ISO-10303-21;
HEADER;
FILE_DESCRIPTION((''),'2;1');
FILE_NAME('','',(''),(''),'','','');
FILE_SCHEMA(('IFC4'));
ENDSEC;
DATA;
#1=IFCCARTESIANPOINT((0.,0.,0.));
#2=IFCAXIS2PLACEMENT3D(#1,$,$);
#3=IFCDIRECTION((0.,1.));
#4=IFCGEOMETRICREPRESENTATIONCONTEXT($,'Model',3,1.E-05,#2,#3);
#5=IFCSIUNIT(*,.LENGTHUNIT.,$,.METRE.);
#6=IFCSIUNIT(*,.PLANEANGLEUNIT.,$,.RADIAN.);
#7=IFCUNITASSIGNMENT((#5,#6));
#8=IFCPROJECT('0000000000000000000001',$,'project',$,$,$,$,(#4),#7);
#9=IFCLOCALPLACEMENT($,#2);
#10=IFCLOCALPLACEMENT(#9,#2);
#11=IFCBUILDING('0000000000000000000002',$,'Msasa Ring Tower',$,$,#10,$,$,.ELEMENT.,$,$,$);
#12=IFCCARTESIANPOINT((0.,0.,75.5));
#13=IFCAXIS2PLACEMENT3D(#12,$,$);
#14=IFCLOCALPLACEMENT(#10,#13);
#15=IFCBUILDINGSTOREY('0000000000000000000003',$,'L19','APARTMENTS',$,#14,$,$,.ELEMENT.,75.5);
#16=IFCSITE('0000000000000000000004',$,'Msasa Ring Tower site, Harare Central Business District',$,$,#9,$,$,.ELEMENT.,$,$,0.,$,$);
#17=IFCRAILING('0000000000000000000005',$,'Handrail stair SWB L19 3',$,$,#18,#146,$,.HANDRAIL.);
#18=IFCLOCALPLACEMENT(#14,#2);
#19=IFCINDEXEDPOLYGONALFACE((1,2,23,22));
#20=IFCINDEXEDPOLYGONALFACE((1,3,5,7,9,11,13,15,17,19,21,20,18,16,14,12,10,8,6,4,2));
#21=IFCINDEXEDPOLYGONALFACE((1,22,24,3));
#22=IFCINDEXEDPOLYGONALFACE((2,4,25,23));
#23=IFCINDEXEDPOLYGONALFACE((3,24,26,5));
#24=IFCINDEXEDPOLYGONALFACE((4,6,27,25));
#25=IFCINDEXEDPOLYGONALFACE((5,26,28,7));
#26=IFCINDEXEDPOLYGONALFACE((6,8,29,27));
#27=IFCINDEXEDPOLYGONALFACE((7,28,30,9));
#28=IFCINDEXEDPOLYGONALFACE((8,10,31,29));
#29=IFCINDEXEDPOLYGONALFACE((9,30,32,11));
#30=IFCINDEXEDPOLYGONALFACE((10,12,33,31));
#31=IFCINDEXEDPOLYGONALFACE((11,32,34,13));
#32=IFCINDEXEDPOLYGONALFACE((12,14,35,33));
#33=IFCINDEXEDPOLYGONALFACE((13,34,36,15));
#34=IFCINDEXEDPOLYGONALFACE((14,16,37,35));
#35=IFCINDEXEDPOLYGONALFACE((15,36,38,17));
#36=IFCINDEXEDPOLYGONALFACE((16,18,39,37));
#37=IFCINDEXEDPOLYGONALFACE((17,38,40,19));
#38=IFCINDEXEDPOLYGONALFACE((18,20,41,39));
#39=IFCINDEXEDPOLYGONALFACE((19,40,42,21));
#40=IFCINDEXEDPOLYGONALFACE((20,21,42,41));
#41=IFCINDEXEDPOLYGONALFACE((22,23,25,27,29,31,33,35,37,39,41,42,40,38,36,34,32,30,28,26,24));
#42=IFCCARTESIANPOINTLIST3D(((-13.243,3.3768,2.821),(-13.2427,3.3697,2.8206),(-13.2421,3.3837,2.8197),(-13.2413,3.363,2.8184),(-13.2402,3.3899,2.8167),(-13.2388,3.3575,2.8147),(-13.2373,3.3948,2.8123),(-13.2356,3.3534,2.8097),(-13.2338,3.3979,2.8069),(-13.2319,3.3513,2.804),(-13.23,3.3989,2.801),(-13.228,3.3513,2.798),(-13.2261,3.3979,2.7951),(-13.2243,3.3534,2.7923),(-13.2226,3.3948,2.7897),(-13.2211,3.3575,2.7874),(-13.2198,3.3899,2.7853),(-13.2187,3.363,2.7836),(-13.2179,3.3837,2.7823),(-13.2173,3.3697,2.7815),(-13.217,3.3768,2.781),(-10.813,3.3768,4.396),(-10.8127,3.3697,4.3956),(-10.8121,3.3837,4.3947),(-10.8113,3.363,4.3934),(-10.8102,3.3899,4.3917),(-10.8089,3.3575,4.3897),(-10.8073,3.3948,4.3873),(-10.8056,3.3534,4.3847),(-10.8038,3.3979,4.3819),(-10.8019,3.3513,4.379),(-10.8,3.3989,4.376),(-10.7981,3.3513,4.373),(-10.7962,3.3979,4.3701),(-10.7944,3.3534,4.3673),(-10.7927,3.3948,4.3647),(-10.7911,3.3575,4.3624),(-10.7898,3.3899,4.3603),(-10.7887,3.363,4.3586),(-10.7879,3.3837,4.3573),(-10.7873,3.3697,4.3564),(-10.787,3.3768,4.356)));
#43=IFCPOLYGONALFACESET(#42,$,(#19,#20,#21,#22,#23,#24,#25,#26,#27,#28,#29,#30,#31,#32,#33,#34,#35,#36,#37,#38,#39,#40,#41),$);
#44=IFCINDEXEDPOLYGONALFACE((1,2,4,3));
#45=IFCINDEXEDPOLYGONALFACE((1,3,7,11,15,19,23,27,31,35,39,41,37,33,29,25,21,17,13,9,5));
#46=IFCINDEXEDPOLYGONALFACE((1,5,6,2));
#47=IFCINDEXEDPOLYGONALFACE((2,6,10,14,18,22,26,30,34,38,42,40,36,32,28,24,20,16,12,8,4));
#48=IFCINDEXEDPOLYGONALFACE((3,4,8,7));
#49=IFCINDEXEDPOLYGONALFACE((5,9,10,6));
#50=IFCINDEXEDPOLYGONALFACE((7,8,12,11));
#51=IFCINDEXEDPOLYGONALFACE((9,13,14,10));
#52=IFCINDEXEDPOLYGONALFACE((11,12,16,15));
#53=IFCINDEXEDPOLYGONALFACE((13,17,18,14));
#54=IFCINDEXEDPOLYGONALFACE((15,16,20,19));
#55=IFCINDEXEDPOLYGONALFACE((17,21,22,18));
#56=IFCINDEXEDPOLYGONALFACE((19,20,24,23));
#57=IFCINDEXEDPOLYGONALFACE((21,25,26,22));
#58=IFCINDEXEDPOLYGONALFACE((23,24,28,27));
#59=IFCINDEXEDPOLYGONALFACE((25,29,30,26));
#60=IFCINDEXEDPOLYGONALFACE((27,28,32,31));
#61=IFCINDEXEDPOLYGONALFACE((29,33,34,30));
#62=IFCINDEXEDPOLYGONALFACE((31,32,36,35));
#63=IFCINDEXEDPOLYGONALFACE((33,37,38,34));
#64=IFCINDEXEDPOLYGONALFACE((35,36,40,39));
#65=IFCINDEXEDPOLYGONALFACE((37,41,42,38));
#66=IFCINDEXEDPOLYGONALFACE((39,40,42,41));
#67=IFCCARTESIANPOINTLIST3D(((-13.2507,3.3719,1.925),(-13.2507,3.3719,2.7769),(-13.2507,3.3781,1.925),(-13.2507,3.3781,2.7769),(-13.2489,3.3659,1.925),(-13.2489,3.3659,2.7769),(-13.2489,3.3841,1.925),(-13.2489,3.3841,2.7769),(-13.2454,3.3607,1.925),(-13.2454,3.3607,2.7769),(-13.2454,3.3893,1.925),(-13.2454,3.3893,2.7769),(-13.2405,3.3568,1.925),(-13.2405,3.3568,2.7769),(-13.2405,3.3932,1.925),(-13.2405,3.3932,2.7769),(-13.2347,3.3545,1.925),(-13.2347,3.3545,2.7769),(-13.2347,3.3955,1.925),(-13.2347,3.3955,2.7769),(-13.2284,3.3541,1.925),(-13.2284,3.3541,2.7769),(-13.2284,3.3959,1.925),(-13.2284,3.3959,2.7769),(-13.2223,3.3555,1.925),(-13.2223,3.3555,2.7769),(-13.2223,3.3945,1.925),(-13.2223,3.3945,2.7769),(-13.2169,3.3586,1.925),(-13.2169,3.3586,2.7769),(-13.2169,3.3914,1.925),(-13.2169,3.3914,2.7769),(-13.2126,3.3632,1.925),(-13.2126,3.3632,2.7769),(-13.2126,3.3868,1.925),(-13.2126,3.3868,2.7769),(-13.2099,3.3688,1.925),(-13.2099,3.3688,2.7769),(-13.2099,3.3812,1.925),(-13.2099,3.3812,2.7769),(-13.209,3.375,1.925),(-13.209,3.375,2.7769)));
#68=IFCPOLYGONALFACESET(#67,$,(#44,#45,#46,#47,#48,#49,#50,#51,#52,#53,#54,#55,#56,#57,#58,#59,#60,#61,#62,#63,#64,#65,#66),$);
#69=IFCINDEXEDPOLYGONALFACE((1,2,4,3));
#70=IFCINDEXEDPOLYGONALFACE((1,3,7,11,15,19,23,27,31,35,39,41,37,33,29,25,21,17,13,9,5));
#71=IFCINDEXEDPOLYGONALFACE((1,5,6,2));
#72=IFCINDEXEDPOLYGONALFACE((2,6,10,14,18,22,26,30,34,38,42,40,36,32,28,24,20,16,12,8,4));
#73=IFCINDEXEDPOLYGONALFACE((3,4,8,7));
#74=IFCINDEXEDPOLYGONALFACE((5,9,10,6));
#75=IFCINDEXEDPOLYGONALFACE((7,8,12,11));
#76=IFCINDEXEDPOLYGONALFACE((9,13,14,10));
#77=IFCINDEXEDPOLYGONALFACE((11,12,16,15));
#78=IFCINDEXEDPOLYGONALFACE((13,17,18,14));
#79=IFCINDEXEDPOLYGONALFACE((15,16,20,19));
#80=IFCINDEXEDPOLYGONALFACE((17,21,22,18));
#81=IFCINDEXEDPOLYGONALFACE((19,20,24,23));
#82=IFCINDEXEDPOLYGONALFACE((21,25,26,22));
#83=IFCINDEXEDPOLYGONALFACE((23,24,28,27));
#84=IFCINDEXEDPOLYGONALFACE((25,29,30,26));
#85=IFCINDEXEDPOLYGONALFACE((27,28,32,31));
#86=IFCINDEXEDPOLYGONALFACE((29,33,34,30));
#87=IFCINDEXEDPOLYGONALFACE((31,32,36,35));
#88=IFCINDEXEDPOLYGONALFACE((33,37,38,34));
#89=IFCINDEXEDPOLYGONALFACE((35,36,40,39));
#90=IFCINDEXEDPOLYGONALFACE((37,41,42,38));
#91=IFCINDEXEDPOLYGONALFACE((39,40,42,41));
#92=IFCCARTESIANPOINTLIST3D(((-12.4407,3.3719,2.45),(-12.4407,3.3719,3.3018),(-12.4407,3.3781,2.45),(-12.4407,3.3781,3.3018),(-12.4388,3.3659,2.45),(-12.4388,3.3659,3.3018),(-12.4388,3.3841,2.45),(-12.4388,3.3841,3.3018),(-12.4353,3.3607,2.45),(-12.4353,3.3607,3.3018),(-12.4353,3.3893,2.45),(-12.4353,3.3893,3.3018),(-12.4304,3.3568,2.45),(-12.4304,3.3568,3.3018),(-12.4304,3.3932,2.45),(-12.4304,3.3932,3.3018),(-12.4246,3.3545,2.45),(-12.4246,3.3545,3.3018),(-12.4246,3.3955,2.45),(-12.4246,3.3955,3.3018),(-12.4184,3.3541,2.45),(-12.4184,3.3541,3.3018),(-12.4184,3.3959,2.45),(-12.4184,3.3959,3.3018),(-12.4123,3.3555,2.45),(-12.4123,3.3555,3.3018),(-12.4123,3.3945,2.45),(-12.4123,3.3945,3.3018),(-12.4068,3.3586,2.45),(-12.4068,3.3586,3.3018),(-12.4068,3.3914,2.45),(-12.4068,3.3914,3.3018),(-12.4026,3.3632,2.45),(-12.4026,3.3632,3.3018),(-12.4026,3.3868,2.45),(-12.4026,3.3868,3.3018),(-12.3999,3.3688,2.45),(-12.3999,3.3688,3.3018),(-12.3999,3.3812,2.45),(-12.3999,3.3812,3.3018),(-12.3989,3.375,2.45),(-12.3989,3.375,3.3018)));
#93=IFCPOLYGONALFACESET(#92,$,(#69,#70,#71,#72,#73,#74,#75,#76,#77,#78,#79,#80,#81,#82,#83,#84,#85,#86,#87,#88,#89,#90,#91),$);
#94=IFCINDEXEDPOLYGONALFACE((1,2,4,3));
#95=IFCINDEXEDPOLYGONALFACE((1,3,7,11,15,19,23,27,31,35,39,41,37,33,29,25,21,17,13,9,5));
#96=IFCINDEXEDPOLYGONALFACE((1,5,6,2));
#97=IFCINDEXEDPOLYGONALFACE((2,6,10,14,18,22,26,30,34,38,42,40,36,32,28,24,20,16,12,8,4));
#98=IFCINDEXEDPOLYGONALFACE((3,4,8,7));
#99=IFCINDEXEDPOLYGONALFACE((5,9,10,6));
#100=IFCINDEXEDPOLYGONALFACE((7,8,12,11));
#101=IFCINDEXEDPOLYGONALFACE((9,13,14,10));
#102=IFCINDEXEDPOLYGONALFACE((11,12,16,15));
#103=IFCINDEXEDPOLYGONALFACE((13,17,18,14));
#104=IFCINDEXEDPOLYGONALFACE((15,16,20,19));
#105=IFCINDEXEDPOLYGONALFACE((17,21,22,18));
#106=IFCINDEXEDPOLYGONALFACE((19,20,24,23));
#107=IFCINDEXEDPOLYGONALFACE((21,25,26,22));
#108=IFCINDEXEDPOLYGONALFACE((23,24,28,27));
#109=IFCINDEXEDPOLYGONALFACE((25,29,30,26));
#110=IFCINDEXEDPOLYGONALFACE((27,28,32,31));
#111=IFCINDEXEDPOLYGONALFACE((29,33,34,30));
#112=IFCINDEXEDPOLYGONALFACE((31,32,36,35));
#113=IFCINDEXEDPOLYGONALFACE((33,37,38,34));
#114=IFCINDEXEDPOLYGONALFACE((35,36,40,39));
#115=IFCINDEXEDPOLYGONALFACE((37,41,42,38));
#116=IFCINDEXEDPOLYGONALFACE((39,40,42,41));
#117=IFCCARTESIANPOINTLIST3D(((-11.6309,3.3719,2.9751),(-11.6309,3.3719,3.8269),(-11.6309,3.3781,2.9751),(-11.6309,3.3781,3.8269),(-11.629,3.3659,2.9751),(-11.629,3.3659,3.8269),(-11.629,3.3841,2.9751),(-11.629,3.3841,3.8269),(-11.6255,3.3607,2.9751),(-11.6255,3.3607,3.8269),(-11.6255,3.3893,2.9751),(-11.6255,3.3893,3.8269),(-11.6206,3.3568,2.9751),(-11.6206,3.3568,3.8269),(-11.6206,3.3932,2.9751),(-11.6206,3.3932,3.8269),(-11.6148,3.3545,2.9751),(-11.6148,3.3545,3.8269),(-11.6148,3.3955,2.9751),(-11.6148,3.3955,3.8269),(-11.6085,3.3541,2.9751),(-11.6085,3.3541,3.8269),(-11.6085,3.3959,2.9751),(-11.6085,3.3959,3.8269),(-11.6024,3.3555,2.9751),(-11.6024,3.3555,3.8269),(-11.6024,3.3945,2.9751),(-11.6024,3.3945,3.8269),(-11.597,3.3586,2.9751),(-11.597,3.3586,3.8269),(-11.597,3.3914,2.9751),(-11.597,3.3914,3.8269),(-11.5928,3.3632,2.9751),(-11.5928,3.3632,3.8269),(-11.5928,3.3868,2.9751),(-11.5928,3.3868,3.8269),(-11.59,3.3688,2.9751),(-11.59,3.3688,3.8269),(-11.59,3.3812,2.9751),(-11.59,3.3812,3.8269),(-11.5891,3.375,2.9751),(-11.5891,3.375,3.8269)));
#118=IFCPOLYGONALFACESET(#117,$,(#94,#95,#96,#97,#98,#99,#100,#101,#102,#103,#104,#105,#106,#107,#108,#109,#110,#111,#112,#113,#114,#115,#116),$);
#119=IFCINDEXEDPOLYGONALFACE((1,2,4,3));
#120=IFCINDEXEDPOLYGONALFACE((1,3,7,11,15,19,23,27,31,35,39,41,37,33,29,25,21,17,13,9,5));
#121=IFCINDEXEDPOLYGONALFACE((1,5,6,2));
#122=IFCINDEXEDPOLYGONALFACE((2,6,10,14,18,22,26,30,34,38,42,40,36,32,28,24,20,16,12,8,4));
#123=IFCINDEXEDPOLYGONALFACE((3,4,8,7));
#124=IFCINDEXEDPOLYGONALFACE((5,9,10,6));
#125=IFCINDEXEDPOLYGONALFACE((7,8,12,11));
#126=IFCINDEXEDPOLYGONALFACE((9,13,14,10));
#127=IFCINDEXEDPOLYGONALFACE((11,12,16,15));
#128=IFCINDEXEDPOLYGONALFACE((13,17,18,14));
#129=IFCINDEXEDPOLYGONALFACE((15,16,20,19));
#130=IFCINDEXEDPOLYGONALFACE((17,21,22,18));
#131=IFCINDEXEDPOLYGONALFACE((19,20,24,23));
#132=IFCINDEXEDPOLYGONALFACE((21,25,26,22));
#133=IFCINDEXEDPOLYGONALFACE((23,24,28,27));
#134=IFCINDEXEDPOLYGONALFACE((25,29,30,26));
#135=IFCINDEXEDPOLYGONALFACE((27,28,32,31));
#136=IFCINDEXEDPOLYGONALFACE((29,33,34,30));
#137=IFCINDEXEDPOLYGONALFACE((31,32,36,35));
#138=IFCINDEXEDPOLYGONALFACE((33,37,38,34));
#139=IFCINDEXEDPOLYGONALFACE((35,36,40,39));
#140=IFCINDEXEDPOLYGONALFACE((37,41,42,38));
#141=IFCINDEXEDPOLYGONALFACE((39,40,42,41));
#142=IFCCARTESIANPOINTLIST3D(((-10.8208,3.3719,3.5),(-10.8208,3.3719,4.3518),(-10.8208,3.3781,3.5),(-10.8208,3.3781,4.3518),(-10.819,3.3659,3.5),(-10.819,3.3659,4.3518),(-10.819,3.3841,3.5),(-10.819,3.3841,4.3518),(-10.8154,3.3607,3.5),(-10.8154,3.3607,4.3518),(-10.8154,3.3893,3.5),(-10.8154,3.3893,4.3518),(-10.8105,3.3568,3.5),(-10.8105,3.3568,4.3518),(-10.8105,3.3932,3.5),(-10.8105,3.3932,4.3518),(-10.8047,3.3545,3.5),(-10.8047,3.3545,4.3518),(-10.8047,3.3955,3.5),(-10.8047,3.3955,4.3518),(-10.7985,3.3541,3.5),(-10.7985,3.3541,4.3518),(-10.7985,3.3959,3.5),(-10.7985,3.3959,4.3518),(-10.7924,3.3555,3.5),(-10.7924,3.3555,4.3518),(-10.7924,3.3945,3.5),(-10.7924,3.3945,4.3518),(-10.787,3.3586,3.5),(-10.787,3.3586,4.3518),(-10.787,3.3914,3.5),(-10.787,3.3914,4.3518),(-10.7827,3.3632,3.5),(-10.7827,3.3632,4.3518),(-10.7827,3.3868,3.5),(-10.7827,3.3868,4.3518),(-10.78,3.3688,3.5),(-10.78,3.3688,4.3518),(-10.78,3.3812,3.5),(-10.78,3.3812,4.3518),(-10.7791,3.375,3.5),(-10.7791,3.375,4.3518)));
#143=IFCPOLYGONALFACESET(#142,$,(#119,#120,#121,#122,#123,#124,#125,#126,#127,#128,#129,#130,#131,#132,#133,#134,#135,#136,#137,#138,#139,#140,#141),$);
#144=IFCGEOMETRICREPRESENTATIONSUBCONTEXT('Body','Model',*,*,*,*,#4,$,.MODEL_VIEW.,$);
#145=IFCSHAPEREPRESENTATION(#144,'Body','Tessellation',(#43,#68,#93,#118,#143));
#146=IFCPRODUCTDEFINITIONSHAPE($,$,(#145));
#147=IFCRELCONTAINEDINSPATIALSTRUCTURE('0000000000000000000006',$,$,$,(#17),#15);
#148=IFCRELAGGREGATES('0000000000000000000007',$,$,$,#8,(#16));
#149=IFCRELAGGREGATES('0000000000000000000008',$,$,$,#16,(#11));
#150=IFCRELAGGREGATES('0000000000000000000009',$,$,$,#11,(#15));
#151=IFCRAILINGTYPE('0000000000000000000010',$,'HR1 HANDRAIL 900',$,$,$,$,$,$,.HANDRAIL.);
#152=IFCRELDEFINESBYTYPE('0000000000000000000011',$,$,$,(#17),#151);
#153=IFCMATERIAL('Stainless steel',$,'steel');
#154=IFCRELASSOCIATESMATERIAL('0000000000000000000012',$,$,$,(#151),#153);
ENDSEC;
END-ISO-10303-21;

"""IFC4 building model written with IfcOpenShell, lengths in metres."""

from ifc_helpers import new_model, si_unit, direction, frame, origin, origin_2d, place, context, subcontext, project, spatial, circle, extrude, material, type_object, element, save


model = new_model("IFC4")

# Units and contexts
model_context = context("Model", 3, precision=1e-05, world=origin(), true_north=direction((0.0, 1.0)))
body_context = subcontext(model_context, "Body", "Model", "MODEL_VIEW")
ifc_project = project(units=[si_unit("LENGTHUNIT", "METRE"), si_unit("PLANEANGLEUNIT", "RADIAN")], contexts=[model_context])

# Site, building, storey
site_placement = place(None, origin())
site = spatial("IfcSite", under=ifc_project, at=site_placement, Name="Msasa Ring Tower site, Harare Central Business District", CompositionType="ELEMENT", RefElevation=0.0)
building_placement = place(site_placement, origin())
building = spatial("IfcBuilding", under=site, at=building_placement, Name="Msasa Ring Tower", CompositionType="ELEMENT")
storey_placement = place(building_placement, frame((0.0, 0.0, 75.5)))
storey = spatial("IfcBuildingStorey", under=building, at=storey_placement, Name="L19", Description="APARTMENTS", CompositionType="ELEMENT", Elevation=75.5)

# Railing
ifc_material_1 = material(Name="Stainless steel", Category="steel")
railing_type = type_object("IfcRailingType", Name="HR1 HANDRAIL 900", PredefinedType="HANDRAIL", material=ifc_material_1)
for number, where, name in (
    (1, (-13.23, 3.375, 1.925), "Handrail stair SWB L19 3"),
):
    element("IfcRailing", number, at=place(storey_placement, frame(where)), inside=storey, type_object=railing_type, Name=name, PredefinedType="HANDRAIL", context=body_context, shape_type="SweptSolid", body=[
        extrude(circle(Radius=0.0239, at=origin_2d()), frame((0.0, 0.0, 0.876), z_axis=(0.839154, 0.0, 0.543894), x_axis=(0.0, 1.0, 0.0)), (0.0, 0.0, 1.0), 2.8958),
        extrude(circle(Radius=0.021, at=origin_2d()), origin(), (0.0, 0.0, 1.0), 0.8518),
        extrude(circle(Radius=0.021, at=origin_2d()), frame((0.8101, 0.0, 0.5249)), (0.0, 0.0, 1.0), 0.8518),
        extrude(circle(Radius=0.021, at=origin_2d()), frame((1.6199, 0.0, 1.05)), (0.0, 0.0, 1.0), 0.8518),
        extrude(circle(Radius=0.021, at=origin_2d()), frame((2.4299, 0.0, 1.575)), (0.0, 0.0, 1.0), 0.8518),
    ])

save(model, "model.ifc")
